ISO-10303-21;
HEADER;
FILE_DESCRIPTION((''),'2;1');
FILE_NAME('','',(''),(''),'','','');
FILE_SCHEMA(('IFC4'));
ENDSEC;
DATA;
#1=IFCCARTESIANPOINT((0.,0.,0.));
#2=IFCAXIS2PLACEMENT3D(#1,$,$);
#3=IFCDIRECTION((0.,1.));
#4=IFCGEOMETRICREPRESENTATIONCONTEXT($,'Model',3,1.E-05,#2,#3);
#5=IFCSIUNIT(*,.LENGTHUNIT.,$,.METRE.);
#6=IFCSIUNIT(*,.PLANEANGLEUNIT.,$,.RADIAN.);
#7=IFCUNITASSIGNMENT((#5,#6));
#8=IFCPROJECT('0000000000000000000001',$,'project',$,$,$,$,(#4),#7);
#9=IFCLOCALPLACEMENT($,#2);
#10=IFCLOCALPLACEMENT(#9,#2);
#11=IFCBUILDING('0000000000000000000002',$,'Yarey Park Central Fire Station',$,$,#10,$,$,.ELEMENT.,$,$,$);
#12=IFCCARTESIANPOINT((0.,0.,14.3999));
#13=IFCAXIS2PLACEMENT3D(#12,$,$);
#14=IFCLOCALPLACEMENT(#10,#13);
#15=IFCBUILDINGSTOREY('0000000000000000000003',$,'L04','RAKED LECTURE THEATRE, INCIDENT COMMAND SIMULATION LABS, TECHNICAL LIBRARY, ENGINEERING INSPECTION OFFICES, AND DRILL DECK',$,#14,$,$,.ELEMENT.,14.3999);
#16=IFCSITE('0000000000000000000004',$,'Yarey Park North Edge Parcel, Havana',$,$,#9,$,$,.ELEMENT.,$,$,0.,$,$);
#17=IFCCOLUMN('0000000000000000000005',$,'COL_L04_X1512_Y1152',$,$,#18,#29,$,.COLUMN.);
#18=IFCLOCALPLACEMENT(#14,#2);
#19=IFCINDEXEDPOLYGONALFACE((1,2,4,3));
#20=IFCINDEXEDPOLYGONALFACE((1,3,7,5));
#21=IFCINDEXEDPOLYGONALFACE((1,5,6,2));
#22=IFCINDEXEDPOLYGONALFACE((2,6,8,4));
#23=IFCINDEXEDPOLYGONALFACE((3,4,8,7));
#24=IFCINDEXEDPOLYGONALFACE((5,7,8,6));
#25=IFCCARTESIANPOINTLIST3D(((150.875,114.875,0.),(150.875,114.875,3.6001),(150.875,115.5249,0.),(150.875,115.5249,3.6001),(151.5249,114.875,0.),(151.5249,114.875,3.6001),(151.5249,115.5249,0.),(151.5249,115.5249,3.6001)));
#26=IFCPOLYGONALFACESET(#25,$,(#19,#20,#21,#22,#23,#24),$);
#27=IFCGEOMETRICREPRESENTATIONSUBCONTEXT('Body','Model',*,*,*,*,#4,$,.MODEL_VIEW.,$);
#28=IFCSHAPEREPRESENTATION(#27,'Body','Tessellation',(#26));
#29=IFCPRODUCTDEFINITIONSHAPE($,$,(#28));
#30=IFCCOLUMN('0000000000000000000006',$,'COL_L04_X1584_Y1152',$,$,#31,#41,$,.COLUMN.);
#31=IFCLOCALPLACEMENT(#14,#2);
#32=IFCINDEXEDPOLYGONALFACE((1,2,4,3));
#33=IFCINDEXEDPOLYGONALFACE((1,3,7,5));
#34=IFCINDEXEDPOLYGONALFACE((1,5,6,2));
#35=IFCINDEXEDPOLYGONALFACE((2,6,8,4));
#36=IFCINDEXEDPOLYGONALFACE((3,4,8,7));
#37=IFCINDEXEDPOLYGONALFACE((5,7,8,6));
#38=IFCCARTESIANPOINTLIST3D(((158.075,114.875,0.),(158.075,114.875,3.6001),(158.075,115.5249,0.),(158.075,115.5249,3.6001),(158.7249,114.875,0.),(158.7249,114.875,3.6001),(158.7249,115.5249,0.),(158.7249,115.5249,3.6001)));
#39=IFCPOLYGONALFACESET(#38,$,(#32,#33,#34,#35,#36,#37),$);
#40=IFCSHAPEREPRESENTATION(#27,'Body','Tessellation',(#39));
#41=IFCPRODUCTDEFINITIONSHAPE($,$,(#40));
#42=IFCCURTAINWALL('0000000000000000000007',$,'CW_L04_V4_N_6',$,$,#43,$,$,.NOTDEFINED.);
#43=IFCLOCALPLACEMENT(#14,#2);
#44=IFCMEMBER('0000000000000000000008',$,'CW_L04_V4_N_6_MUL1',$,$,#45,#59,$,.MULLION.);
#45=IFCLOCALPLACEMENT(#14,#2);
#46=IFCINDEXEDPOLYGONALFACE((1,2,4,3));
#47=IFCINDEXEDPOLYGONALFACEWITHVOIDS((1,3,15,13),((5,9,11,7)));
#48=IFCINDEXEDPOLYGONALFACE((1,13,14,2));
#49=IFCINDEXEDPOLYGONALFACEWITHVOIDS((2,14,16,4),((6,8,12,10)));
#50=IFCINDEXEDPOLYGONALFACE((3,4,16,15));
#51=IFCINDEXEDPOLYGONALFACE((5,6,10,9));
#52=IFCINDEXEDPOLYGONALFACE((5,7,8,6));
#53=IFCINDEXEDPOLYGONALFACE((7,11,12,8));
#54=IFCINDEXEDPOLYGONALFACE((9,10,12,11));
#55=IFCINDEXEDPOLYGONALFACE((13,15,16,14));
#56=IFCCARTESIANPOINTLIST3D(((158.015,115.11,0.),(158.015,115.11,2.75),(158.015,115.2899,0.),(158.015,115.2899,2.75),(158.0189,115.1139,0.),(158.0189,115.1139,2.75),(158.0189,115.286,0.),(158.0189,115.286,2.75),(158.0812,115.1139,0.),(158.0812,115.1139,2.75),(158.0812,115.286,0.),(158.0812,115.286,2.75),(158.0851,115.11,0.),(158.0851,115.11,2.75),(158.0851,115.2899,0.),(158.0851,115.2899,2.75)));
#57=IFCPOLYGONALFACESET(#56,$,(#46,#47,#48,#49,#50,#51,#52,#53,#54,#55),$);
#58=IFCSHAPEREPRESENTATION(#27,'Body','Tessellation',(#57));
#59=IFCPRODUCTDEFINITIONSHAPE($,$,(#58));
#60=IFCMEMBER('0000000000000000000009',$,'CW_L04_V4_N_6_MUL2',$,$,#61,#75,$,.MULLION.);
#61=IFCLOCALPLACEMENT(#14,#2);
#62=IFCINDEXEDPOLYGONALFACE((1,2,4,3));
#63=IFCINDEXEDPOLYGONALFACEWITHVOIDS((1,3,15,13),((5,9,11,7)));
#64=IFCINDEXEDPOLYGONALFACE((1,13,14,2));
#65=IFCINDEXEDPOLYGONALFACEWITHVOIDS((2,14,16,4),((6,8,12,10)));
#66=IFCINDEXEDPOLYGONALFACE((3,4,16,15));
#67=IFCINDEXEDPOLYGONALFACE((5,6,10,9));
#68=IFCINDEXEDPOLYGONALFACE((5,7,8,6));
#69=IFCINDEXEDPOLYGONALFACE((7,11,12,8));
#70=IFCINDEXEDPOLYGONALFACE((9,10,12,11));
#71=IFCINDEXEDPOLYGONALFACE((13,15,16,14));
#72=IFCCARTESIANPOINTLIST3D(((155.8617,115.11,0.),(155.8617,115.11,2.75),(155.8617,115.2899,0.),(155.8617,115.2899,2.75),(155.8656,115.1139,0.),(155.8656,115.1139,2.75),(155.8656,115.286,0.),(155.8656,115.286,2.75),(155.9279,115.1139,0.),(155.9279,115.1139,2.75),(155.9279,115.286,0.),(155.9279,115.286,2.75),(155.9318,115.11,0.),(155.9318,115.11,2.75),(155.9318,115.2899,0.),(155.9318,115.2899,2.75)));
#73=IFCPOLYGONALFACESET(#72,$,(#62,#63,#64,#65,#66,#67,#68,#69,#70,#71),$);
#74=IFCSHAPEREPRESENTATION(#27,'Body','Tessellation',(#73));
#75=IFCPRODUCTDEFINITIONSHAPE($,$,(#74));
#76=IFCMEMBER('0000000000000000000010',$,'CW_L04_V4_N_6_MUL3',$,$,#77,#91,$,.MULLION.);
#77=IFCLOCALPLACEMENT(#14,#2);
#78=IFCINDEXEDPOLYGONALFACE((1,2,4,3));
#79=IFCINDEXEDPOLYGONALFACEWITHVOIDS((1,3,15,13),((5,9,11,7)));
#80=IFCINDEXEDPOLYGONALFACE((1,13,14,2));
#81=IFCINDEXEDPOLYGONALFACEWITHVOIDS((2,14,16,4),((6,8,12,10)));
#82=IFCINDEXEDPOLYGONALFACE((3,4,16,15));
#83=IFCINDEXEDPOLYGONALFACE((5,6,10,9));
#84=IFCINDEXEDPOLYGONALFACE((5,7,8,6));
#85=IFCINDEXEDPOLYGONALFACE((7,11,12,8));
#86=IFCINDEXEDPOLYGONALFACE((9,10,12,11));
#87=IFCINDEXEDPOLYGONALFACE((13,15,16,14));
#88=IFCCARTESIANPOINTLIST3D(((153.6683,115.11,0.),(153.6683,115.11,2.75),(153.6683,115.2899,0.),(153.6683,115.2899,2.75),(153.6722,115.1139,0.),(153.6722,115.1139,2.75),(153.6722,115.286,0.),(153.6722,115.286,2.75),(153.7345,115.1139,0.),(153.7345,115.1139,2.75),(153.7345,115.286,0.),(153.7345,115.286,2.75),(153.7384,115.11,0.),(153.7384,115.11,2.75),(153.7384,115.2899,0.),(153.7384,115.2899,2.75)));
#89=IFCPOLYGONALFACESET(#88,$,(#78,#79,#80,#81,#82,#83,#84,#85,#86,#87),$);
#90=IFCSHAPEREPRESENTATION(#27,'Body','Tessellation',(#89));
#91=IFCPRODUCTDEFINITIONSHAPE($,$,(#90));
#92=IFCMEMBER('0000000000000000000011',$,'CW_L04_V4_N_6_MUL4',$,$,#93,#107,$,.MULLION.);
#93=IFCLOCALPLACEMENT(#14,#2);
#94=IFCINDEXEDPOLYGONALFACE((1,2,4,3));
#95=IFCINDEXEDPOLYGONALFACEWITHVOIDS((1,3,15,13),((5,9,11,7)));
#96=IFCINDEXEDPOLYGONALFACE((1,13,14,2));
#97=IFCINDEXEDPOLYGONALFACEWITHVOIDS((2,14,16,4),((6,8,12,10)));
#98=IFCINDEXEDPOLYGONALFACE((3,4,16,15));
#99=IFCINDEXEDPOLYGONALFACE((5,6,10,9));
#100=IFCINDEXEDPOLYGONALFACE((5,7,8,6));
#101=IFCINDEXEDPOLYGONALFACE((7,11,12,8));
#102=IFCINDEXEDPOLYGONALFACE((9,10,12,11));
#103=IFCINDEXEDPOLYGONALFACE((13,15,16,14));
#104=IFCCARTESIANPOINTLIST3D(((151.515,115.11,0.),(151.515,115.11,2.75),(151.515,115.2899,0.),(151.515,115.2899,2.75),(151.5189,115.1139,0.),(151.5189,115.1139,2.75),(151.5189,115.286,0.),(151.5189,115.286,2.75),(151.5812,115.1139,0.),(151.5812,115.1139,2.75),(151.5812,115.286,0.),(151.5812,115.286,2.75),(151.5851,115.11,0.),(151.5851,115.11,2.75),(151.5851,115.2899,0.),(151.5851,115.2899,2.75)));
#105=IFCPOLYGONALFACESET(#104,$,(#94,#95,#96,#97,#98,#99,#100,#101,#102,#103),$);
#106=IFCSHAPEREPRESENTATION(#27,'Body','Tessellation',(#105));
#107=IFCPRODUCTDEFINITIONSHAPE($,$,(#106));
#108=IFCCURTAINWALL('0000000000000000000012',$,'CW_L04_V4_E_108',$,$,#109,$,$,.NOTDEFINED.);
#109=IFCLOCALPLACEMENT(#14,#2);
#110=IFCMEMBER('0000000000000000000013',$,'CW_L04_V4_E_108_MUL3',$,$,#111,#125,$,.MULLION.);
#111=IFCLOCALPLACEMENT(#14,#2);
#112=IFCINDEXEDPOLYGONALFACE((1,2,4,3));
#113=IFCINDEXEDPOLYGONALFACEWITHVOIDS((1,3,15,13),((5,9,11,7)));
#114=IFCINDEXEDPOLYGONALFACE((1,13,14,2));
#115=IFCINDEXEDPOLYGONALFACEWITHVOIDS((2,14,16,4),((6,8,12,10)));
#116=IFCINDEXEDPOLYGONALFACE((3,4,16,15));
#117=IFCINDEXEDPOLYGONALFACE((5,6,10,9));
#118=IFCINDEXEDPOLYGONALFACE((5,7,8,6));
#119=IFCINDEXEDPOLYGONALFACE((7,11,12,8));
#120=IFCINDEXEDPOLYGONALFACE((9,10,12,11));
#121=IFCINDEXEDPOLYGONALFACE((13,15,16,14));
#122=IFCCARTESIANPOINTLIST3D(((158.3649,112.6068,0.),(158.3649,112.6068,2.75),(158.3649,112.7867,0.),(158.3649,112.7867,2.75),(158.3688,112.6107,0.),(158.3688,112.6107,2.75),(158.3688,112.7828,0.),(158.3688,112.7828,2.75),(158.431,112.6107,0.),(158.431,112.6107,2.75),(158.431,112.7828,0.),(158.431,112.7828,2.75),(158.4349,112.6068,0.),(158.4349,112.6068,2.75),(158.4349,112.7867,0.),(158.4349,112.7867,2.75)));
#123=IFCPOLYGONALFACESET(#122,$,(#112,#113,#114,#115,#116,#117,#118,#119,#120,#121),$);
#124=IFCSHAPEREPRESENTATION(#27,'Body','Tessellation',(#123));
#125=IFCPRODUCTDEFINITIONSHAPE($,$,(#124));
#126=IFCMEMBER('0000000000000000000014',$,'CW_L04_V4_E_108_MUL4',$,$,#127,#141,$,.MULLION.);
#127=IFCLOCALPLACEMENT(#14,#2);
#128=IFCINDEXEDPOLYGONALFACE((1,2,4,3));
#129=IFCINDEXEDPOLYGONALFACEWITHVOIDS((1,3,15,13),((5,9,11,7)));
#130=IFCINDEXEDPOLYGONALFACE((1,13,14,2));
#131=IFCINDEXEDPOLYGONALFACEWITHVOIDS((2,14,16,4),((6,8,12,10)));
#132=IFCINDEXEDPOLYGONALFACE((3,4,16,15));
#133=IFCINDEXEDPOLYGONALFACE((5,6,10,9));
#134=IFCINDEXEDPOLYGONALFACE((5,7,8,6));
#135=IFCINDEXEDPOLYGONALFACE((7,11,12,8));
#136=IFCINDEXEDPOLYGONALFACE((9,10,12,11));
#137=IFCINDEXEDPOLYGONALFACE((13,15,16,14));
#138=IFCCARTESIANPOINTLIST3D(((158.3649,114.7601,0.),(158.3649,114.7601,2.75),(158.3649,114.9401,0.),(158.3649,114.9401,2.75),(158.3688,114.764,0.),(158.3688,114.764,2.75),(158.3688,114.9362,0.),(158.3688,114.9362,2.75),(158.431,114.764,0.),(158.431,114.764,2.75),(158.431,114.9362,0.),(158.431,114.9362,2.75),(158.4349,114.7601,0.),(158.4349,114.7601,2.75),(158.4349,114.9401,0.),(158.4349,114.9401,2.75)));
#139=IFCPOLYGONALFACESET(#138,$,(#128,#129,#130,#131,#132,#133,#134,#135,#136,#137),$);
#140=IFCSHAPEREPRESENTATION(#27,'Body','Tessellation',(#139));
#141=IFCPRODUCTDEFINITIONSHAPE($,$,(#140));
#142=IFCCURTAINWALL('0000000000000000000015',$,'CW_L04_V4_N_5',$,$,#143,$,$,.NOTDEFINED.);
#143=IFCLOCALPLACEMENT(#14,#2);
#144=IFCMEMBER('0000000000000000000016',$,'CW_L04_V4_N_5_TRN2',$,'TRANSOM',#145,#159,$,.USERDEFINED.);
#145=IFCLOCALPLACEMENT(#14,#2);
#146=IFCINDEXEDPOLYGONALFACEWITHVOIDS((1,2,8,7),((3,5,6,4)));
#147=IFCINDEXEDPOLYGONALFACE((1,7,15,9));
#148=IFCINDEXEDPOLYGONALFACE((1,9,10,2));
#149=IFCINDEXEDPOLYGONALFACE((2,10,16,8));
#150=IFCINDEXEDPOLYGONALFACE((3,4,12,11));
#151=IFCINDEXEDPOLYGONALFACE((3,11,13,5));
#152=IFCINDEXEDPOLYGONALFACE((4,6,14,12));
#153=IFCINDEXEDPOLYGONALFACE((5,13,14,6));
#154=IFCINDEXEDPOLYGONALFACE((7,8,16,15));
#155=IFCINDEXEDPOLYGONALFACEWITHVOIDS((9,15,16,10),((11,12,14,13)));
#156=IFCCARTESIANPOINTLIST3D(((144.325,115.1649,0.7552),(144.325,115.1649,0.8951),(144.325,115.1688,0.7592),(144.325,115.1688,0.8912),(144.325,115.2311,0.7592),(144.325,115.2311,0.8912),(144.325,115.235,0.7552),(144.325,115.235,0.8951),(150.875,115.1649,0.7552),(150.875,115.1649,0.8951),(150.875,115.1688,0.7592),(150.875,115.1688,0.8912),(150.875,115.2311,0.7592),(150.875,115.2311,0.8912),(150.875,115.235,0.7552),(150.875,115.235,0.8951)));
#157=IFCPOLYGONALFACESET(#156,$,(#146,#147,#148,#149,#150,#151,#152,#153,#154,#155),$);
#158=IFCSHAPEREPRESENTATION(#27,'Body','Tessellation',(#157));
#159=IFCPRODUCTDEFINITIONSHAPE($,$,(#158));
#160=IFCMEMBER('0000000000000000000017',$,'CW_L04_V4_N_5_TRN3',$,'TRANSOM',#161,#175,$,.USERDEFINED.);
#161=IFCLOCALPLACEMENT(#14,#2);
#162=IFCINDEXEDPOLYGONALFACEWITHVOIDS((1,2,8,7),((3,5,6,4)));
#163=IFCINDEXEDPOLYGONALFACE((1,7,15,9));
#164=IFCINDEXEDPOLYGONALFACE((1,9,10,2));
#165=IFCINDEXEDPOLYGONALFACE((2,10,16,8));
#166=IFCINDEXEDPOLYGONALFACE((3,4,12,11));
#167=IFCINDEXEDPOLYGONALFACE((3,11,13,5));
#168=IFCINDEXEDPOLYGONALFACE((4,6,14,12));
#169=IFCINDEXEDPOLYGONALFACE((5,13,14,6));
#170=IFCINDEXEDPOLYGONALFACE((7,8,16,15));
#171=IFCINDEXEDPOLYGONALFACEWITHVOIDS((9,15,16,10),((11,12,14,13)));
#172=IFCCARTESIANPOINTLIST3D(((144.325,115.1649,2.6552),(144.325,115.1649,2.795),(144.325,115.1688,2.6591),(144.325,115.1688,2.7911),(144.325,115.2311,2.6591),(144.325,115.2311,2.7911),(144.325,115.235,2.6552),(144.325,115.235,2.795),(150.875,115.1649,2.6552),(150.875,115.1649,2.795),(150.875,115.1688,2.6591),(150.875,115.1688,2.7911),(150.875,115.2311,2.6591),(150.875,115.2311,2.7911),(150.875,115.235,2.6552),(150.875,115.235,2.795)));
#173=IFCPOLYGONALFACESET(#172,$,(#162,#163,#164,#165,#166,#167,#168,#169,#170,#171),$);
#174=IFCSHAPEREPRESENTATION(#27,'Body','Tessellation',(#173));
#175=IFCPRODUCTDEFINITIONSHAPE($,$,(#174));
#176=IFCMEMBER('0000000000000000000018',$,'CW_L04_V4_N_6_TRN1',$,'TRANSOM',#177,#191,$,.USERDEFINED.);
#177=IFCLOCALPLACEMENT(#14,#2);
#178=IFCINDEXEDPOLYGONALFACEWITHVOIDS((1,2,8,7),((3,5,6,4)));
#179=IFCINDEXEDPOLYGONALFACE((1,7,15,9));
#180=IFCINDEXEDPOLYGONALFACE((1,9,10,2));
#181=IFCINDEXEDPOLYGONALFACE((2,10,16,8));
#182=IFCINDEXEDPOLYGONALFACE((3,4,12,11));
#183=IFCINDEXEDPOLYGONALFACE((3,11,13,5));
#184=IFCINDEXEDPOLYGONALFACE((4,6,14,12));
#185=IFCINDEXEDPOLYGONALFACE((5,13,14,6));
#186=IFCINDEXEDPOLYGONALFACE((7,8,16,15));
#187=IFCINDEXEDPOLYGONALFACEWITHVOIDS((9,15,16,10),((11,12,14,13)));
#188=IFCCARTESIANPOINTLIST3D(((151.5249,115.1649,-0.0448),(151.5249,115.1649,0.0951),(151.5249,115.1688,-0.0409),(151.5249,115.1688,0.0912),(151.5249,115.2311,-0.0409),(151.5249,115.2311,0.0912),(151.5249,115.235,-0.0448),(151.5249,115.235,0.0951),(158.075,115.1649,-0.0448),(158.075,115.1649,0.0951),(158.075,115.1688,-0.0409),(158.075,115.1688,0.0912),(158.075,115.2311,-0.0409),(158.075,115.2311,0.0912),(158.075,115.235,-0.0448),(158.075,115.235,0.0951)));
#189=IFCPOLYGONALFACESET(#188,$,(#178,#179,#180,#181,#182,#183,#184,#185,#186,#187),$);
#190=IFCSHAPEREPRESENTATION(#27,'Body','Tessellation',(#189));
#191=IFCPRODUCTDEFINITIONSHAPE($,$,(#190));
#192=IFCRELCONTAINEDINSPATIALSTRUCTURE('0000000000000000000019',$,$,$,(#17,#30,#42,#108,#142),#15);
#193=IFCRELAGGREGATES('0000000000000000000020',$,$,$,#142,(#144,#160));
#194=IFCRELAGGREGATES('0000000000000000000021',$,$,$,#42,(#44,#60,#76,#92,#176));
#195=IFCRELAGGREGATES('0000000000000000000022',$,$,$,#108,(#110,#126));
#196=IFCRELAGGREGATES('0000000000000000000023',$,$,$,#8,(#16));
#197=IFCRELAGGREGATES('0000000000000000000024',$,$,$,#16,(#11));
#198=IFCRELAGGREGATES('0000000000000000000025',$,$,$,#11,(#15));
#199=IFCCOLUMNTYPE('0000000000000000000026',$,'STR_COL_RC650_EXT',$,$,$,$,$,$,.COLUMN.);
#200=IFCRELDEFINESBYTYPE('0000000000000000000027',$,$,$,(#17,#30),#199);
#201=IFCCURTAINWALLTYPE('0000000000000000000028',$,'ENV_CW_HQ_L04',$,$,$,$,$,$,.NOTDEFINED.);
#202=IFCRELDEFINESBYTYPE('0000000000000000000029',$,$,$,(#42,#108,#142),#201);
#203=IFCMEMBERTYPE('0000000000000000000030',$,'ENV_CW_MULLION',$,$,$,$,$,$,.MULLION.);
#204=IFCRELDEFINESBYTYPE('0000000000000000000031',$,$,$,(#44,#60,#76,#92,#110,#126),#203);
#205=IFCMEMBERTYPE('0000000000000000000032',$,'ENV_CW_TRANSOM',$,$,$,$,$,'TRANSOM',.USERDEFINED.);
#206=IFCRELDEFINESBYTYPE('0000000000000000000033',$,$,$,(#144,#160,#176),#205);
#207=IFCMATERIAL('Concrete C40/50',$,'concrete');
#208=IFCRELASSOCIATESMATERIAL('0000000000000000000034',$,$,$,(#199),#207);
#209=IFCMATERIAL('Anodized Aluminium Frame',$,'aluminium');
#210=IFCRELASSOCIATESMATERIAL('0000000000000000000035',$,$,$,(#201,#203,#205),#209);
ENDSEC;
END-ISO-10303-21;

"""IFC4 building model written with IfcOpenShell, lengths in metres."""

from ifc_helpers import new_model, si_unit, direction, frame, origin, origin_2d, place, context, subcontext, project, spatial, rectangle, hollow_rectangle, extrude, material, material_profile, profile_set, type_object, element, aggregate, save


model = new_model("IFC4")

# Units and contexts
model_context = context("Model", 3, precision=1e-05, world=origin(), true_north=direction((0.0, 1.0)))
body_context = subcontext(model_context, "Body", "Model", "MODEL_VIEW")
ifc_project = project(units=[si_unit("LENGTHUNIT", "METRE"), si_unit("PLANEANGLEUNIT", "RADIAN")], contexts=[model_context])

# Site, building, storey
site_placement = place(None, origin())
site = spatial("IfcSite", under=ifc_project, at=site_placement, Name="Yarey Park North Edge Parcel, Havana", CompositionType="ELEMENT", RefElevation=0.0)
building_placement = place(site_placement, origin())
building = spatial("IfcBuilding", under=site, at=building_placement, Name="Yarey Park Central Fire Station", CompositionType="ELEMENT")
storey_placement = place(building_placement, frame((0.0, 0.0, 14.3999)))
storey = spatial("IfcBuildingStorey", under=building, at=storey_placement, Name="L04", Description="RAKED LECTURE THEATRE, INCIDENT COMMAND SIMULATION LABS, TECHNICAL LIBRARY, ENGINEERING INSPECTION OFFICES, AND DRILL DECK", CompositionType="ELEMENT", Elevation=14.3999)

# Columns
ifc_material_1 = material(Name="Concrete C40/50", Category="concrete")
ifc_material_profile_1 = material_profile(ifc_material_1, rectangle(XDim=0.6499, YDim=0.6499, at=origin_2d()), Name="RC 650x650")
ifc_profile_set_1 = profile_set([ifc_material_profile_1], Name="Concrete C40/50")
column_type = type_object("IfcColumnType", Name="STR_COL_RC650_EXT", PredefinedType="COLUMN", material=ifc_profile_set_1)
for number, where, z_axis, x_axis, name in (
    (1, (151.2, 115.2, 0.0), (0.0, 0.0, 1.0), (1.0, 0.0, 0.0), "COL_L04_X1512_Y1152"),
    (2, (158.3999, 115.2, 0.0), (0.0, 0.0, 1.0), (1.0, 0.0, 0.0), "COL_L04_X1584_Y1152"),
):
    element("IfcColumn", number, at=place(storey_placement, frame(where, z_axis=z_axis, x_axis=x_axis)), inside=storey, type_object=column_type, Name=name, PredefinedType="COLUMN", context=body_context, shape_type="SweptSolid", body=[
        extrude(rectangle(XDim=0.6499, YDim=0.6499, at=origin_2d()), origin(), (0.0, 0.0, 1.0), 3.6001),
    ])

# Curtain walls, members
ifc_material_2 = material(Name="Anodized Aluminium Frame", Category="aluminium")
curtain_wall_type = type_object("IfcCurtainWallType", Name="ENV_CW_HQ_L04", PredefinedType="NOTDEFINED", material=ifc_material_2)
curtain_wall_1_placement = place(storey_placement, origin())
curtain_wall_1 = element("IfcCurtainWall", 3, at=curtain_wall_1_placement, inside=storey, type_object=curtain_wall_type, Name="CW_L04_V4_N_6", PredefinedType="NOTDEFINED")
ifc_material_profile_2 = material_profile(ifc_material_2, hollow_rectangle(XDim=0.0701, YDim=0.1799, WallThickness=0.0039, at=origin_2d()), Name="ALU 180x70x4")
ifc_profile_set_2 = profile_set([ifc_material_profile_2], Name="Anodized Aluminium Frame")
member_type_1 = type_object("IfcMemberType", Name="ENV_CW_MULLION", PredefinedType="MULLION", material=ifc_profile_set_2)
member_1_placement = place(storey_placement, frame((158.05, 115.2, 0.0), z_axis=(0.0, 0.0, 1.0), x_axis=(1.0, 0.0, 0.0)))
member_1 = element("IfcMember", 4, at=member_1_placement, type_object=member_type_1, Name="CW_L04_V4_N_6_MUL1", PredefinedType="MULLION", context=body_context, shape_type="SweptSolid", body=[
    extrude(hollow_rectangle(XDim=0.0701, YDim=0.1799, WallThickness=0.0039, at=origin_2d()), origin(), (0.0, 0.0, 1.0), 2.75),
])
member_2_placement = place(storey_placement, frame((155.8967, 115.2, 0.0), z_axis=(0.0, 0.0, 1.0), x_axis=(1.0, 0.0, 0.0)))
member_2 = element("IfcMember", 5, at=member_2_placement, type_object=member_type_1, Name="CW_L04_V4_N_6_MUL2", PredefinedType="MULLION", context=body_context, shape_type="SweptSolid", body=[
    extrude(hollow_rectangle(XDim=0.0701, YDim=0.1799, WallThickness=0.0039, at=origin_2d()), origin(), (0.0, 0.0, 1.0), 2.75),
])
member_3_placement = place(storey_placement, frame((153.7034, 115.2, 0.0), z_axis=(0.0, 0.0, 1.0), x_axis=(1.0, 0.0, 0.0)))
member_3 = element("IfcMember", 6, at=member_3_placement, type_object=member_type_1, Name="CW_L04_V4_N_6_MUL3", PredefinedType="MULLION", context=body_context, shape_type="SweptSolid", body=[
    extrude(hollow_rectangle(XDim=0.0701, YDim=0.1799, WallThickness=0.0039, at=origin_2d()), origin(), (0.0, 0.0, 1.0), 2.75),
])
member_4_placement = place(storey_placement, frame((151.55, 115.2, 0.0), z_axis=(0.0, 0.0, 1.0), x_axis=(1.0, 0.0, 0.0)))
member_4 = element("IfcMember", 7, at=member_4_placement, type_object=member_type_1, Name="CW_L04_V4_N_6_MUL4", PredefinedType="MULLION", context=body_context, shape_type="SweptSolid", body=[
    extrude(hollow_rectangle(XDim=0.0701, YDim=0.1799, WallThickness=0.0039, at=origin_2d()), origin(), (0.0, 0.0, 1.0), 2.75),
])
curtain_wall_2_placement = place(storey_placement, origin())
curtain_wall_2 = element("IfcCurtainWall", 8, at=curtain_wall_2_placement, inside=storey, type_object=curtain_wall_type, Name="CW_L04_V4_E_108", PredefinedType="NOTDEFINED")
member_5_placement = place(storey_placement, frame((158.3999, 112.6968, 0.0), z_axis=(0.0, 0.0, 1.0), x_axis=(1.0, 0.0, 0.0)))
member_5 = element("IfcMember", 9, at=member_5_placement, type_object=member_type_1, Name="CW_L04_V4_E_108_MUL3", PredefinedType="MULLION", context=body_context, shape_type="SweptSolid", body=[
    extrude(hollow_rectangle(XDim=0.0701, YDim=0.1799, WallThickness=0.0039, at=origin_2d()), origin(), (0.0, 0.0, 1.0), 2.75),
])
member_6_placement = place(storey_placement, frame((158.3999, 114.8501, 0.0), z_axis=(0.0, 0.0, 1.0), x_axis=(1.0, 0.0, 0.0)))
member_6 = element("IfcMember", 10, at=member_6_placement, type_object=member_type_1, Name="CW_L04_V4_E_108_MUL4", PredefinedType="MULLION", context=body_context, shape_type="SweptSolid", body=[
    extrude(hollow_rectangle(XDim=0.0701, YDim=0.1799, WallThickness=0.0039, at=origin_2d()), origin(), (0.0, 0.0, 1.0), 2.75),
])
curtain_wall_3_placement = place(storey_placement, origin())
curtain_wall_3 = element("IfcCurtainWall", 11, at=curtain_wall_3_placement, inside=storey, type_object=curtain_wall_type, Name="CW_L04_V4_N_5", PredefinedType="NOTDEFINED")
ifc_material_profile_3 = material_profile(ifc_material_2, hollow_rectangle(XDim=0.0701, YDim=0.1399, WallThickness=0.0039, at=origin_2d()), Name="ALU 140x70x4")
ifc_profile_set_3 = profile_set([ifc_material_profile_3], Name="Anodized Aluminium Frame")
member_type_2 = type_object("IfcMemberType", Name="ENV_CW_TRANSOM", ElementType="TRANSOM", PredefinedType="USERDEFINED", material=ifc_profile_set_3)
member_7_placement = place(storey_placement, frame((150.875, 115.2, 0.8252), z_axis=(-1.0, 0.0, 0.0), x_axis=(0.0, -1.0, 0.0)))
member_7 = element("IfcMember", 12, at=member_7_placement, type_object=member_type_2, Name="CW_L04_V4_N_5_TRN2", ObjectType="TRANSOM", PredefinedType="USERDEFINED", context=body_context, shape_type="SweptSolid", body=[
    extrude(hollow_rectangle(XDim=0.0701, YDim=0.1399, WallThickness=0.0039, at=origin_2d()), origin(), (0.0, 0.0, 1.0), 6.55),
])
member_8_placement = place(storey_placement, frame((150.875, 115.2, 2.7251), z_axis=(-1.0, 0.0, 0.0), x_axis=(0.0, -1.0, 0.0)))
member_8 = element("IfcMember", 13, at=member_8_placement, type_object=member_type_2, Name="CW_L04_V4_N_5_TRN3", ObjectType="TRANSOM", PredefinedType="USERDEFINED", context=body_context, shape_type="SweptSolid", body=[
    extrude(hollow_rectangle(XDim=0.0701, YDim=0.1399, WallThickness=0.0039, at=origin_2d()), origin(), (0.0, 0.0, 1.0), 6.55),
])
aggregate(curtain_wall_3, [member_7, member_8])

# Member
member_9_placement = place(storey_placement, frame((158.075, 115.2, 0.0251), z_axis=(-1.0, 0.0, 0.0), x_axis=(0.0, -1.0, 0.0)))
member_9 = element("IfcMember", 14, at=member_9_placement, type_object=member_type_2, Name="CW_L04_V4_N_6_TRN1", ObjectType="TRANSOM", PredefinedType="USERDEFINED", context=body_context, shape_type="SweptSolid", body=[
    extrude(hollow_rectangle(XDim=0.0701, YDim=0.1399, WallThickness=0.0039, at=origin_2d()), origin(), (0.0, 0.0, 1.0), 6.55),
])

aggregate(curtain_wall_1, [member_1, member_2, member_3, member_4, member_9])
aggregate(curtain_wall_2, [member_5, member_6])

save(model, "model.ifc")
